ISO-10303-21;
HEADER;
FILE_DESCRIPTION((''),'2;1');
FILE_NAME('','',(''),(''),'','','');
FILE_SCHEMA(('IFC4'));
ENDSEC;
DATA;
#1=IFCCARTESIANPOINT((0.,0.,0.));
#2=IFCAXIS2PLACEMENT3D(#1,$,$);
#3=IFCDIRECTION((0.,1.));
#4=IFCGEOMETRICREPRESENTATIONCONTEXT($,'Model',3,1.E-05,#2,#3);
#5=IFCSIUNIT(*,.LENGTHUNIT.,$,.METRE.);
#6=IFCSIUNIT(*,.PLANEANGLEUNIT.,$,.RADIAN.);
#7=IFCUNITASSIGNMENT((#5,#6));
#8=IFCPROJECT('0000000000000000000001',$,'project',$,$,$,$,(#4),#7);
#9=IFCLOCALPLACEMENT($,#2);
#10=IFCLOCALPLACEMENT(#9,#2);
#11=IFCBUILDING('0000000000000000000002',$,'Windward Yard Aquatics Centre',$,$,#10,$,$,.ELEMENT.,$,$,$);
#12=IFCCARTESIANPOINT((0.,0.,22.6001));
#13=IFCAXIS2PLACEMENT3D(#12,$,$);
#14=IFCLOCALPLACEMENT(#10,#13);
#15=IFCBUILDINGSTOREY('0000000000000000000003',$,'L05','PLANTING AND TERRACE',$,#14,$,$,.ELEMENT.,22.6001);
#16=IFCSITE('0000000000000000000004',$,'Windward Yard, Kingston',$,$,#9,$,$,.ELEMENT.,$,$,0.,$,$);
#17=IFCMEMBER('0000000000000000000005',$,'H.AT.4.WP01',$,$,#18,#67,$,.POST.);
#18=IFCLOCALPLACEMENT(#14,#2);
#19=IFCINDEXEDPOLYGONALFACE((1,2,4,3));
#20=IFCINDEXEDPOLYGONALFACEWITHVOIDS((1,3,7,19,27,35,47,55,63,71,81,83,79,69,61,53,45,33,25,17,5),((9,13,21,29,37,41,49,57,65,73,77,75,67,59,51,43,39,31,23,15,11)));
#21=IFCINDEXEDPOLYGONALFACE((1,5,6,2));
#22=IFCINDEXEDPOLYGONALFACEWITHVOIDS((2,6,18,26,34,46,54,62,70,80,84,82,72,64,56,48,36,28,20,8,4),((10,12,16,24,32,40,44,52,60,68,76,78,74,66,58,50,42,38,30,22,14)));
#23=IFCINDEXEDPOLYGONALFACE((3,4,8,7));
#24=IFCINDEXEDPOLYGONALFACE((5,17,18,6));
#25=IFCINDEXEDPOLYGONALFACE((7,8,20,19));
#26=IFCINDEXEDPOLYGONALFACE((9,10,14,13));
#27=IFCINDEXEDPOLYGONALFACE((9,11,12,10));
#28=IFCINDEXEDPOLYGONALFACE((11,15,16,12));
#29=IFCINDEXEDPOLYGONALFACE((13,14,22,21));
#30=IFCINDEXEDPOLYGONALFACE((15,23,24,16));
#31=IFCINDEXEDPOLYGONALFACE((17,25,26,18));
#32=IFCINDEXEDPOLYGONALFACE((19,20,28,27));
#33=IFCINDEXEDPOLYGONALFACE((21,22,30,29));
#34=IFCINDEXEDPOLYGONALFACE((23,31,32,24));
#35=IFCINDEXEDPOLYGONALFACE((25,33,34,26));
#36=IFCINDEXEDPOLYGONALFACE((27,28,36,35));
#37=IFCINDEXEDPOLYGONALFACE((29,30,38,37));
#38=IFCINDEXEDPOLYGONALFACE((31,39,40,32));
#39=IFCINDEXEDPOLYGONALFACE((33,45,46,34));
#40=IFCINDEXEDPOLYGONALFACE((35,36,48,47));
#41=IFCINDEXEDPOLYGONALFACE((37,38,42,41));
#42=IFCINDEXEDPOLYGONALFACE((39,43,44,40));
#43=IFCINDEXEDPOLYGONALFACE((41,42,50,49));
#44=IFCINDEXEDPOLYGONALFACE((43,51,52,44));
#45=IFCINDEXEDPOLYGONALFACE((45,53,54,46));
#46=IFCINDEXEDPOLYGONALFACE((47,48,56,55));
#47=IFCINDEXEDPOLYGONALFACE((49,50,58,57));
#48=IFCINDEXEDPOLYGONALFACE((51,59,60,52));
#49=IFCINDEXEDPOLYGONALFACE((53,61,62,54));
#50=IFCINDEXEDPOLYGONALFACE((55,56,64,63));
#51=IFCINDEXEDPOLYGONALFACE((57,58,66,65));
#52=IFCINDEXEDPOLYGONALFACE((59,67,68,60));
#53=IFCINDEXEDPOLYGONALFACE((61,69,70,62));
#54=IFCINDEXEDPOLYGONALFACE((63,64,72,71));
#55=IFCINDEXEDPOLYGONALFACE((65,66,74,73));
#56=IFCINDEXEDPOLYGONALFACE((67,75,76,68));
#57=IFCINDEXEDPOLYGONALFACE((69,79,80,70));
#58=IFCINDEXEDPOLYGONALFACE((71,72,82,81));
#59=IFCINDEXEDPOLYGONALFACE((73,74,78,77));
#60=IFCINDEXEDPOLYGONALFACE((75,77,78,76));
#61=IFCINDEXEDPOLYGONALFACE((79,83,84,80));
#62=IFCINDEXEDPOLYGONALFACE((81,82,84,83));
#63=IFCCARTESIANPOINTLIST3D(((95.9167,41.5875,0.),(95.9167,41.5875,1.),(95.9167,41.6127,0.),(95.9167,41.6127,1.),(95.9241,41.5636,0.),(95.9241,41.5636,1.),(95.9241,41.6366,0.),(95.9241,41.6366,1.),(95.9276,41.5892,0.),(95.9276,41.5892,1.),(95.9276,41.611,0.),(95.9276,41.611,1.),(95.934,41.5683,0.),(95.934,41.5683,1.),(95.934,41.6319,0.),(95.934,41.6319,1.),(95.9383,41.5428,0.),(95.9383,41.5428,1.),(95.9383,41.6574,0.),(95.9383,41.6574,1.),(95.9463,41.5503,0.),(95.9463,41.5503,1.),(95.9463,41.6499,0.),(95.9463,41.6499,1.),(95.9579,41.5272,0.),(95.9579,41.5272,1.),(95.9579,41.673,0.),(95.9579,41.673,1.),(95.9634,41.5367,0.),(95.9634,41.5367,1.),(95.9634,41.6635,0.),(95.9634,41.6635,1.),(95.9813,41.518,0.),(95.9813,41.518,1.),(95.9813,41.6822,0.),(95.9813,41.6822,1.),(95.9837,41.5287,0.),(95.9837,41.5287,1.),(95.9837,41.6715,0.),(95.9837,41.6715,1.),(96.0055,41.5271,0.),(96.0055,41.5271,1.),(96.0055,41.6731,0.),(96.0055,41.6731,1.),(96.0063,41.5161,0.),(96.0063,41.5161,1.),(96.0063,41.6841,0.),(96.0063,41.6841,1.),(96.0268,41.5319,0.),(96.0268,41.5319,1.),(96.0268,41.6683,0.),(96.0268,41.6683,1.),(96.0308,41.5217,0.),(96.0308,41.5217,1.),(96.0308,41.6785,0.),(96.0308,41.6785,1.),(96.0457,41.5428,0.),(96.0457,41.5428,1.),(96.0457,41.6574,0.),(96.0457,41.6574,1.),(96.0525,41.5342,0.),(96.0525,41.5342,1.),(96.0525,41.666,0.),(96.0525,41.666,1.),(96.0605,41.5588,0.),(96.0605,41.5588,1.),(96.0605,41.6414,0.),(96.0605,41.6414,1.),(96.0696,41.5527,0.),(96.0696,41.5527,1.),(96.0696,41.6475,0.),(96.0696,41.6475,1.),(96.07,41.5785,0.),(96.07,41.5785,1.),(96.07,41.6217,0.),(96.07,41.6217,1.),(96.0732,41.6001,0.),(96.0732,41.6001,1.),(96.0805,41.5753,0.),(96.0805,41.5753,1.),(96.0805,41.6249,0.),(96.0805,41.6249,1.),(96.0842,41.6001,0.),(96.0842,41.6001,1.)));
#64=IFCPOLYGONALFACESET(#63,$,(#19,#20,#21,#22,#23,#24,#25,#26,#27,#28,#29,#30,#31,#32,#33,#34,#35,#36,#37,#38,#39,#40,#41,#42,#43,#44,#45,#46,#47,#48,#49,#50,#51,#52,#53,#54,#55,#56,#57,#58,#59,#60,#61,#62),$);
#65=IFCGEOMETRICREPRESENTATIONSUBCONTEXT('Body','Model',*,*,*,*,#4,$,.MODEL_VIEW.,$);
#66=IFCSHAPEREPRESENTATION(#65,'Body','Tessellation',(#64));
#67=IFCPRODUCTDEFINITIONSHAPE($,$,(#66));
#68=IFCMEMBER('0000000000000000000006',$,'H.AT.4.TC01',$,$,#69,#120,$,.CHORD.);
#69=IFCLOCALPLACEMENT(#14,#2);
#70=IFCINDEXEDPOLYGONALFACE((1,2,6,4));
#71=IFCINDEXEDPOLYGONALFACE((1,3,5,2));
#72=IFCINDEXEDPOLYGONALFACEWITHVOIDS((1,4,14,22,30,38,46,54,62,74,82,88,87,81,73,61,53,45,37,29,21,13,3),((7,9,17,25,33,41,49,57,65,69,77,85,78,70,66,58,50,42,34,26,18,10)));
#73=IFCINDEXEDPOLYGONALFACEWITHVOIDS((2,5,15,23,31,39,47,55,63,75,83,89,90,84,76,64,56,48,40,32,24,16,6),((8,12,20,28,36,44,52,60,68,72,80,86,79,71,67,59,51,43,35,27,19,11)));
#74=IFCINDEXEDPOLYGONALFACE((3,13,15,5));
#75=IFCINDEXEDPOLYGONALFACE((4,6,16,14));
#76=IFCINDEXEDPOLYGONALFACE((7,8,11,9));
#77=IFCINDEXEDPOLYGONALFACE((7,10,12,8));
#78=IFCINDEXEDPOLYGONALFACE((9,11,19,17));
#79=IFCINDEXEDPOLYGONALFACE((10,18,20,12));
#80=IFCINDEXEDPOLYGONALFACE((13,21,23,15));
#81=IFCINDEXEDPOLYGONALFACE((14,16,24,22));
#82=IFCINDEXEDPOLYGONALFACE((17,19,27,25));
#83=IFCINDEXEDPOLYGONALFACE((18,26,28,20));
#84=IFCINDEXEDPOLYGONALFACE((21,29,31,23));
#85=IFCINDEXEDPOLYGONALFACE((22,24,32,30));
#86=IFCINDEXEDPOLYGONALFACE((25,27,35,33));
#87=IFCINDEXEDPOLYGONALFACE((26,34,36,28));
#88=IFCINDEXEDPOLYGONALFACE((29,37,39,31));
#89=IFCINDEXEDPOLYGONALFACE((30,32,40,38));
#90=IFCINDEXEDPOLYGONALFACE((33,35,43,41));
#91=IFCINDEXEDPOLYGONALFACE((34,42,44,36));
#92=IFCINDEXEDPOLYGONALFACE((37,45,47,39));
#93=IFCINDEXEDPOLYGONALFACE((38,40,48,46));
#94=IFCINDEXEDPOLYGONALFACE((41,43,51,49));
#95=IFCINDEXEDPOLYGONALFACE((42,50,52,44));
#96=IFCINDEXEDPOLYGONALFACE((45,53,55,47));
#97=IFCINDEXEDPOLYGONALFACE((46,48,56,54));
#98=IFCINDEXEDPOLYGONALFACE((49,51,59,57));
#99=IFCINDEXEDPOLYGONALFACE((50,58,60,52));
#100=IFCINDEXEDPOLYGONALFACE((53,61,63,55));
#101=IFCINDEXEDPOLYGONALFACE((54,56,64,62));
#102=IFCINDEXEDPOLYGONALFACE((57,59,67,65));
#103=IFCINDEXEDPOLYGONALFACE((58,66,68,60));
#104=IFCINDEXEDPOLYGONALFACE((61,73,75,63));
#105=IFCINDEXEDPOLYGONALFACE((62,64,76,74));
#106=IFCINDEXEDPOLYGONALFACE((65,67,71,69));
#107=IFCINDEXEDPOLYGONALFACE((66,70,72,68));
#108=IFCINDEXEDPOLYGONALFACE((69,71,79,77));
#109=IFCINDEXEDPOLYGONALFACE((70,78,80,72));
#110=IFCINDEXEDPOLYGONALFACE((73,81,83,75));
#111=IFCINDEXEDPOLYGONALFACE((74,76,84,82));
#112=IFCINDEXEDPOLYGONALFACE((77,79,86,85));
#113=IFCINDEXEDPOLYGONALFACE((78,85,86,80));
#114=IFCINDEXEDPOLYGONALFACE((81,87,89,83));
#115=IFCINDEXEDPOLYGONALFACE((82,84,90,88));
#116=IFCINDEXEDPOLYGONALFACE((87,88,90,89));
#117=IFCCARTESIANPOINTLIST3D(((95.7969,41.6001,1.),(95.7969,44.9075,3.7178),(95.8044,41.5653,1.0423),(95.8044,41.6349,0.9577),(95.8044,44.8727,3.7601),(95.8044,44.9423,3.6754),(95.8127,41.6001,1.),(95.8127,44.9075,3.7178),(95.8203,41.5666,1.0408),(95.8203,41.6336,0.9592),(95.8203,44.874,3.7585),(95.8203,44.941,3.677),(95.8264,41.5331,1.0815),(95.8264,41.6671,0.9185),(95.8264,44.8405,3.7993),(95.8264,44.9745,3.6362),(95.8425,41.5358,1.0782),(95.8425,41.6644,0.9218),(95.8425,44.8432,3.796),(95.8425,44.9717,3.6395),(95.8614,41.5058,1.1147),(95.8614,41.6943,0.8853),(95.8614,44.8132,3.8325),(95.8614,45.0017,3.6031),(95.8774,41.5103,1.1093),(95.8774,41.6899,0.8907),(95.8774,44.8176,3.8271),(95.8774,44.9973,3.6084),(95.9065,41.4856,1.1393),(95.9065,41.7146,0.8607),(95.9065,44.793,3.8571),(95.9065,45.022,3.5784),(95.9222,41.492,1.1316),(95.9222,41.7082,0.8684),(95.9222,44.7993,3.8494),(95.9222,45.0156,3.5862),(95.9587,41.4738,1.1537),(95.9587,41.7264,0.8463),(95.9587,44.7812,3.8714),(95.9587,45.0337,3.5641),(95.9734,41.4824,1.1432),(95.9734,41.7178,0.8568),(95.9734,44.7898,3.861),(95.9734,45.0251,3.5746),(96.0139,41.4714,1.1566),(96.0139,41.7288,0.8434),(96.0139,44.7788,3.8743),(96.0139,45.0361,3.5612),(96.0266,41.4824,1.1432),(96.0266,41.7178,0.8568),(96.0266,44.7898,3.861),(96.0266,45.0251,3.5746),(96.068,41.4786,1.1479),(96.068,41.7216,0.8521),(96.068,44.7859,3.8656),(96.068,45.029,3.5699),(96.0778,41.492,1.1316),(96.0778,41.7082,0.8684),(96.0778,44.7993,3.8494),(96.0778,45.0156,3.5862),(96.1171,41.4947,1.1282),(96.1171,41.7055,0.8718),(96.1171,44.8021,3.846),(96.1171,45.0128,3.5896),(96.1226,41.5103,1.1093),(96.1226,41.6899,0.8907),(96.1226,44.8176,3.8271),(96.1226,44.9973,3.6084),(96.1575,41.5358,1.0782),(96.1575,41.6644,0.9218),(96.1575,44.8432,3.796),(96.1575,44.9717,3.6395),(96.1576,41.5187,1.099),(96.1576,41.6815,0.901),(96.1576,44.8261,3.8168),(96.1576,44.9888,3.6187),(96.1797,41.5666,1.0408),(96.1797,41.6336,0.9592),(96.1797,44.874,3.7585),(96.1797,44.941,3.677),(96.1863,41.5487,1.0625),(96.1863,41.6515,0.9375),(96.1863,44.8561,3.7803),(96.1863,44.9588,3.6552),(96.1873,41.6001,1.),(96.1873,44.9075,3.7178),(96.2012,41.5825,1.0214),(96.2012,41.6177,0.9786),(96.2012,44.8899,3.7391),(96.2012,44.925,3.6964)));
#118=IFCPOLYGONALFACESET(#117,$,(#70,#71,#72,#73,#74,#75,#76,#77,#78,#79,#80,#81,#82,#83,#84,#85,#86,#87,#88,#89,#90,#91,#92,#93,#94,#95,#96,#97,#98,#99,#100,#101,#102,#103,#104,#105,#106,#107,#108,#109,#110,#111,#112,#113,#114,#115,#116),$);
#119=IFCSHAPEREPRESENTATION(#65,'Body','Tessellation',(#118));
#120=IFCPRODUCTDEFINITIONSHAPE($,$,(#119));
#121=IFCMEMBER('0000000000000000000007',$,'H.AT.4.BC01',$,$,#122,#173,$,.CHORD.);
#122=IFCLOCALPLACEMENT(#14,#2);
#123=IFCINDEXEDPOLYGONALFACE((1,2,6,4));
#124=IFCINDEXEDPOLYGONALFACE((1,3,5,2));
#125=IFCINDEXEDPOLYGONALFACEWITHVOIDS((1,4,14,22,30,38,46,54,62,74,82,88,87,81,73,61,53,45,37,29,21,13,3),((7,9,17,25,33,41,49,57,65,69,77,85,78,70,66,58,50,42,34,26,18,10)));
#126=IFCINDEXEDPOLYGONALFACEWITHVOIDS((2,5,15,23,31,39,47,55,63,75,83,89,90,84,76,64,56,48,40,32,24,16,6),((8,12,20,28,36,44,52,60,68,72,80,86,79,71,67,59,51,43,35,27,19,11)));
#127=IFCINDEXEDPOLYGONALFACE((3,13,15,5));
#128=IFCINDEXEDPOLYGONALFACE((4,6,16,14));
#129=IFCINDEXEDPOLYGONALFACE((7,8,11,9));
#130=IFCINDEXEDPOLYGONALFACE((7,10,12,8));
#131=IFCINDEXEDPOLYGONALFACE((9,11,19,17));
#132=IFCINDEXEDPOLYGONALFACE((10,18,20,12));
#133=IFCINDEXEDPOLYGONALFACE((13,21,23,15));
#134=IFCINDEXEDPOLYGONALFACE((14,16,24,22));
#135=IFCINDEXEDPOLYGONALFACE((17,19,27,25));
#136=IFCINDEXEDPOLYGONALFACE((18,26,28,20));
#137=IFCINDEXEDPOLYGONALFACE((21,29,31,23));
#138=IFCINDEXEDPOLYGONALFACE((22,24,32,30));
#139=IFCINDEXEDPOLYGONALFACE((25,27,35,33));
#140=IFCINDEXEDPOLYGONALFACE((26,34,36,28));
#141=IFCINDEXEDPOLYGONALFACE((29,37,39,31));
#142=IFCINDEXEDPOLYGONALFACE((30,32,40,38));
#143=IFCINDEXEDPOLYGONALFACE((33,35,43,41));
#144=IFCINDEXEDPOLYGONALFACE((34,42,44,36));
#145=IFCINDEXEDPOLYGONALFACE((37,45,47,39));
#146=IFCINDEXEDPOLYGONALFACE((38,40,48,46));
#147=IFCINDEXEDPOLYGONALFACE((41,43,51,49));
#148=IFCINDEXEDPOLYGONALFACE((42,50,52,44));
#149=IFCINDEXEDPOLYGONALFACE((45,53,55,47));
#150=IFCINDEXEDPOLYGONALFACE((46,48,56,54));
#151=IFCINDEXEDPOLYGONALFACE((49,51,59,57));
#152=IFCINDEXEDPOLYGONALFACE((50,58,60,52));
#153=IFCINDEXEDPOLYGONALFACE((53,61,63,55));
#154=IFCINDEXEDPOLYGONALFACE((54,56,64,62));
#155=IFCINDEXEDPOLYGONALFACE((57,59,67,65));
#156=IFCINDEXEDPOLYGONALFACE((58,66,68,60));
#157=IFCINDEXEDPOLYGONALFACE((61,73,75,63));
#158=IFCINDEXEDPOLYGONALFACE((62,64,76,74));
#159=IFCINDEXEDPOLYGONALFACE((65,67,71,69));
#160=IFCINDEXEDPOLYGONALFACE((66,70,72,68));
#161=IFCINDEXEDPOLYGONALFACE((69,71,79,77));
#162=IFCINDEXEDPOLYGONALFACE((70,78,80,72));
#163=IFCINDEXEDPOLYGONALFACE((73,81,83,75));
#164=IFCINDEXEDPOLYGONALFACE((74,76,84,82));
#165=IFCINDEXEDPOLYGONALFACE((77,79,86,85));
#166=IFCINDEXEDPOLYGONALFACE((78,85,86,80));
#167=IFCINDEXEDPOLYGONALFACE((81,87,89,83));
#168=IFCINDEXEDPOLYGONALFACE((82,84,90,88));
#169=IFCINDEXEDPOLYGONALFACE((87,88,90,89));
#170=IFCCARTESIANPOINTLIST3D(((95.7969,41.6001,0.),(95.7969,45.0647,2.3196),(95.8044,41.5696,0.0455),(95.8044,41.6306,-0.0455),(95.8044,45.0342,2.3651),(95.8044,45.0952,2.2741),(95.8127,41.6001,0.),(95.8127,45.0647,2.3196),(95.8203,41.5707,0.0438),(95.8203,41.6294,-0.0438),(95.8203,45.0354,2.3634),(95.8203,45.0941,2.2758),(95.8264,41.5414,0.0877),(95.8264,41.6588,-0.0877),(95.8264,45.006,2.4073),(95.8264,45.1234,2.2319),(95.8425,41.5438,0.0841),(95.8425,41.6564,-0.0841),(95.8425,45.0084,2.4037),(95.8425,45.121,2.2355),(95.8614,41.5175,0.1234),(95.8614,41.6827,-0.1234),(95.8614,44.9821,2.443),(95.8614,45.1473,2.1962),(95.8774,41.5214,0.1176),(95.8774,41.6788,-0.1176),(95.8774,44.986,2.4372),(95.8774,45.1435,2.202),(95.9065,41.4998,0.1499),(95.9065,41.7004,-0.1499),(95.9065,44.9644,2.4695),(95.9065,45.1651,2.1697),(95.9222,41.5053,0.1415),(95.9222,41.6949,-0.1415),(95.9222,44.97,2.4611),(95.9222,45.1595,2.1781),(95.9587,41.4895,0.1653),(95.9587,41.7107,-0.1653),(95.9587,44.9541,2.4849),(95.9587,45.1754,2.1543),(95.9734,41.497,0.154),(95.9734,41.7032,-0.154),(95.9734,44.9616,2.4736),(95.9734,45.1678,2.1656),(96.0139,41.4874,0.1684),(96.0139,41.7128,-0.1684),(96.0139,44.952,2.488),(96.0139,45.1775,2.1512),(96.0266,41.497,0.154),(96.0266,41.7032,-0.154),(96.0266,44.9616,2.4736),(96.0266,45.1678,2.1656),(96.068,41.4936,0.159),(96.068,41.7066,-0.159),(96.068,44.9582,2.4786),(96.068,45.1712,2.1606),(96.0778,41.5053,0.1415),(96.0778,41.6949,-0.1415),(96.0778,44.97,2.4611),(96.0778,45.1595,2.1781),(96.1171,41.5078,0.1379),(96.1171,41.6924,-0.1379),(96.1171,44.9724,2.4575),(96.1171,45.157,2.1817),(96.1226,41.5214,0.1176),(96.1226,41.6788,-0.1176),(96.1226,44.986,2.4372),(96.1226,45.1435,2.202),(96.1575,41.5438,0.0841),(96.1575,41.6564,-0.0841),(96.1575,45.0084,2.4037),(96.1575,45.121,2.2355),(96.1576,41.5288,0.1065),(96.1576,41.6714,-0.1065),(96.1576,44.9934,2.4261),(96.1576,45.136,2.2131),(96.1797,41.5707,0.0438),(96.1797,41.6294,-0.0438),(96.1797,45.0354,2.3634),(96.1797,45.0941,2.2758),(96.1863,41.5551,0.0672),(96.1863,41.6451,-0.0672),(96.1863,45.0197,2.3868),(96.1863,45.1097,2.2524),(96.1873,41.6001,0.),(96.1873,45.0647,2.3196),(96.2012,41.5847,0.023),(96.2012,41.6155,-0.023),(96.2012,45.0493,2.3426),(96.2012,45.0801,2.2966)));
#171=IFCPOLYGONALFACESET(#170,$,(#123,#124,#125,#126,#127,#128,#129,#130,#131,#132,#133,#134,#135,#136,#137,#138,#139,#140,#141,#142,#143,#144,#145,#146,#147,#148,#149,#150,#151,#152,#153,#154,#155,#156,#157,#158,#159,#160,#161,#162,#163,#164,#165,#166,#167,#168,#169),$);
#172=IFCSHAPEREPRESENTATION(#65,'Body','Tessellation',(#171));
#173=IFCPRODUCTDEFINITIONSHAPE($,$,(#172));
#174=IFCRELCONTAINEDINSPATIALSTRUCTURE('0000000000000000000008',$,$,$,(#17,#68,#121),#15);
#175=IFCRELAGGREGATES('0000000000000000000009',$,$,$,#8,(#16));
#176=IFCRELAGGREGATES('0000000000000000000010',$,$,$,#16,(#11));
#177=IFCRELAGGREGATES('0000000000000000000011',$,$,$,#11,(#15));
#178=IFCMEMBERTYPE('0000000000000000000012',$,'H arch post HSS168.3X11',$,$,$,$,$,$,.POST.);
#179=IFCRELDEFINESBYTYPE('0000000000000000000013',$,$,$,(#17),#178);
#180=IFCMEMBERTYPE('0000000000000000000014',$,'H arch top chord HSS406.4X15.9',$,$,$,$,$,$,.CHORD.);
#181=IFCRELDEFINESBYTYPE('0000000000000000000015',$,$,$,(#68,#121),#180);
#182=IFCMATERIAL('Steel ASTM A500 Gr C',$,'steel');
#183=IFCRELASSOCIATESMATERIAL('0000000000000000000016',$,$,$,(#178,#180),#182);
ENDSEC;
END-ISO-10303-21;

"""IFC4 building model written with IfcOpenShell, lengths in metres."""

from ifc_helpers import new_model, si_unit, direction, frame, origin, origin_2d, place, context, subcontext, project, spatial, hollow_circle, extrude, material, material_profile, profile_set, type_object, element, save


model = new_model("IFC4")

# Units and contexts
model_context = context("Model", 3, precision=1e-05, world=origin(), true_north=direction((0.0, 1.0)))
body_context = subcontext(model_context, "Body", "Model", "MODEL_VIEW")
ifc_project = project(units=[si_unit("LENGTHUNIT", "METRE"), si_unit("PLANEANGLEUNIT", "RADIAN")], contexts=[model_context])

# Site, building, storey
site_placement = place(None, origin())
site = spatial("IfcSite", under=ifc_project, at=site_placement, Name="Windward Yard, Kingston", CompositionType="ELEMENT", RefElevation=0.0)
building_placement = place(site_placement, origin())
building = spatial("IfcBuilding", under=site, at=building_placement, Name="Windward Yard Aquatics Centre", CompositionType="ELEMENT")
storey_placement = place(building_placement, frame((0.0, 0.0, 22.6001)))
storey = spatial("IfcBuildingStorey", under=building, at=storey_placement, Name="L05", Description="PLANTING AND TERRACE", CompositionType="ELEMENT", Elevation=22.6001)

# Members
ifc_material_1 = material(Name="Steel ASTM A500 Gr C", Category="steel")
ifc_material_profile_1 = material_profile(ifc_material_1, hollow_circle(Radius=0.0842, WallThickness=0.011, at=origin_2d()), Name="HSS168.3X11")
ifc_profile_set_1 = profile_set([ifc_material_profile_1], Name="Steel ASTM A500 Gr C")
member_type_1 = type_object("IfcMemberType", Name="H arch post HSS168.3X11", PredefinedType="POST", material=ifc_profile_set_1)
member_1_placement = place(storey_placement, frame((96.0, 41.6001, 0.0), z_axis=(0.0, 0.0, 1.0), x_axis=(1.0, 0.0, 0.0)))
element("IfcMember", 1, at=member_1_placement, inside=storey, type_object=member_type_1, Name="H.AT.4.WP01", PredefinedType="POST", context=body_context, shape_type="SweptSolid", body=[
    extrude(hollow_circle(Radius=0.0842, WallThickness=0.011, at=origin_2d()), origin(), (0.0, 0.0, 1.0), 1.0),
])
ifc_material_profile_2 = material_profile(ifc_material_1, hollow_circle(Radius=0.2031, WallThickness=0.0159, at=origin_2d()), Name="HSS406.4X15.9")
ifc_profile_set_2 = profile_set([ifc_material_profile_2], Name="Steel ASTM A500 Gr C")
member_type_2 = type_object("IfcMemberType", Name="H arch top chord HSS406.4X15.9", PredefinedType="CHORD", material=ifc_profile_set_2)
member_2_placement = place(storey_placement, frame((96.0, 41.6001, 1.0), z_axis=(0.0, 0.772611, 0.634879), x_axis=(-1.0, 0.0, 0.0)))
element("IfcMember", 2, at=member_2_placement, inside=storey, type_object=member_type_2, Name="H.AT.4.TC01", PredefinedType="CHORD", context=body_context, shape_type="SweptSolid", body=[
    extrude(hollow_circle(Radius=0.2031, WallThickness=0.0159, at=origin_2d()), origin(), (0.0, 0.0, 1.0), 4.2808),
])
member_3_placement = place(storey_placement, frame((96.0, 41.6001, 0.0), z_axis=(0.0, 0.830959, 0.556334), x_axis=(-1.0, 0.0, 0.0)))
element("IfcMember", 3, at=member_3_placement, inside=storey, type_object=member_type_2, Name="H.AT.4.BC01", PredefinedType="CHORD", context=body_context, shape_type="SweptSolid", body=[
    extrude(hollow_circle(Radius=0.2031, WallThickness=0.0159, at=origin_2d()), origin(), (0.0, 0.0, 1.0), 4.1694),
])

save(model, "model.ifc")
